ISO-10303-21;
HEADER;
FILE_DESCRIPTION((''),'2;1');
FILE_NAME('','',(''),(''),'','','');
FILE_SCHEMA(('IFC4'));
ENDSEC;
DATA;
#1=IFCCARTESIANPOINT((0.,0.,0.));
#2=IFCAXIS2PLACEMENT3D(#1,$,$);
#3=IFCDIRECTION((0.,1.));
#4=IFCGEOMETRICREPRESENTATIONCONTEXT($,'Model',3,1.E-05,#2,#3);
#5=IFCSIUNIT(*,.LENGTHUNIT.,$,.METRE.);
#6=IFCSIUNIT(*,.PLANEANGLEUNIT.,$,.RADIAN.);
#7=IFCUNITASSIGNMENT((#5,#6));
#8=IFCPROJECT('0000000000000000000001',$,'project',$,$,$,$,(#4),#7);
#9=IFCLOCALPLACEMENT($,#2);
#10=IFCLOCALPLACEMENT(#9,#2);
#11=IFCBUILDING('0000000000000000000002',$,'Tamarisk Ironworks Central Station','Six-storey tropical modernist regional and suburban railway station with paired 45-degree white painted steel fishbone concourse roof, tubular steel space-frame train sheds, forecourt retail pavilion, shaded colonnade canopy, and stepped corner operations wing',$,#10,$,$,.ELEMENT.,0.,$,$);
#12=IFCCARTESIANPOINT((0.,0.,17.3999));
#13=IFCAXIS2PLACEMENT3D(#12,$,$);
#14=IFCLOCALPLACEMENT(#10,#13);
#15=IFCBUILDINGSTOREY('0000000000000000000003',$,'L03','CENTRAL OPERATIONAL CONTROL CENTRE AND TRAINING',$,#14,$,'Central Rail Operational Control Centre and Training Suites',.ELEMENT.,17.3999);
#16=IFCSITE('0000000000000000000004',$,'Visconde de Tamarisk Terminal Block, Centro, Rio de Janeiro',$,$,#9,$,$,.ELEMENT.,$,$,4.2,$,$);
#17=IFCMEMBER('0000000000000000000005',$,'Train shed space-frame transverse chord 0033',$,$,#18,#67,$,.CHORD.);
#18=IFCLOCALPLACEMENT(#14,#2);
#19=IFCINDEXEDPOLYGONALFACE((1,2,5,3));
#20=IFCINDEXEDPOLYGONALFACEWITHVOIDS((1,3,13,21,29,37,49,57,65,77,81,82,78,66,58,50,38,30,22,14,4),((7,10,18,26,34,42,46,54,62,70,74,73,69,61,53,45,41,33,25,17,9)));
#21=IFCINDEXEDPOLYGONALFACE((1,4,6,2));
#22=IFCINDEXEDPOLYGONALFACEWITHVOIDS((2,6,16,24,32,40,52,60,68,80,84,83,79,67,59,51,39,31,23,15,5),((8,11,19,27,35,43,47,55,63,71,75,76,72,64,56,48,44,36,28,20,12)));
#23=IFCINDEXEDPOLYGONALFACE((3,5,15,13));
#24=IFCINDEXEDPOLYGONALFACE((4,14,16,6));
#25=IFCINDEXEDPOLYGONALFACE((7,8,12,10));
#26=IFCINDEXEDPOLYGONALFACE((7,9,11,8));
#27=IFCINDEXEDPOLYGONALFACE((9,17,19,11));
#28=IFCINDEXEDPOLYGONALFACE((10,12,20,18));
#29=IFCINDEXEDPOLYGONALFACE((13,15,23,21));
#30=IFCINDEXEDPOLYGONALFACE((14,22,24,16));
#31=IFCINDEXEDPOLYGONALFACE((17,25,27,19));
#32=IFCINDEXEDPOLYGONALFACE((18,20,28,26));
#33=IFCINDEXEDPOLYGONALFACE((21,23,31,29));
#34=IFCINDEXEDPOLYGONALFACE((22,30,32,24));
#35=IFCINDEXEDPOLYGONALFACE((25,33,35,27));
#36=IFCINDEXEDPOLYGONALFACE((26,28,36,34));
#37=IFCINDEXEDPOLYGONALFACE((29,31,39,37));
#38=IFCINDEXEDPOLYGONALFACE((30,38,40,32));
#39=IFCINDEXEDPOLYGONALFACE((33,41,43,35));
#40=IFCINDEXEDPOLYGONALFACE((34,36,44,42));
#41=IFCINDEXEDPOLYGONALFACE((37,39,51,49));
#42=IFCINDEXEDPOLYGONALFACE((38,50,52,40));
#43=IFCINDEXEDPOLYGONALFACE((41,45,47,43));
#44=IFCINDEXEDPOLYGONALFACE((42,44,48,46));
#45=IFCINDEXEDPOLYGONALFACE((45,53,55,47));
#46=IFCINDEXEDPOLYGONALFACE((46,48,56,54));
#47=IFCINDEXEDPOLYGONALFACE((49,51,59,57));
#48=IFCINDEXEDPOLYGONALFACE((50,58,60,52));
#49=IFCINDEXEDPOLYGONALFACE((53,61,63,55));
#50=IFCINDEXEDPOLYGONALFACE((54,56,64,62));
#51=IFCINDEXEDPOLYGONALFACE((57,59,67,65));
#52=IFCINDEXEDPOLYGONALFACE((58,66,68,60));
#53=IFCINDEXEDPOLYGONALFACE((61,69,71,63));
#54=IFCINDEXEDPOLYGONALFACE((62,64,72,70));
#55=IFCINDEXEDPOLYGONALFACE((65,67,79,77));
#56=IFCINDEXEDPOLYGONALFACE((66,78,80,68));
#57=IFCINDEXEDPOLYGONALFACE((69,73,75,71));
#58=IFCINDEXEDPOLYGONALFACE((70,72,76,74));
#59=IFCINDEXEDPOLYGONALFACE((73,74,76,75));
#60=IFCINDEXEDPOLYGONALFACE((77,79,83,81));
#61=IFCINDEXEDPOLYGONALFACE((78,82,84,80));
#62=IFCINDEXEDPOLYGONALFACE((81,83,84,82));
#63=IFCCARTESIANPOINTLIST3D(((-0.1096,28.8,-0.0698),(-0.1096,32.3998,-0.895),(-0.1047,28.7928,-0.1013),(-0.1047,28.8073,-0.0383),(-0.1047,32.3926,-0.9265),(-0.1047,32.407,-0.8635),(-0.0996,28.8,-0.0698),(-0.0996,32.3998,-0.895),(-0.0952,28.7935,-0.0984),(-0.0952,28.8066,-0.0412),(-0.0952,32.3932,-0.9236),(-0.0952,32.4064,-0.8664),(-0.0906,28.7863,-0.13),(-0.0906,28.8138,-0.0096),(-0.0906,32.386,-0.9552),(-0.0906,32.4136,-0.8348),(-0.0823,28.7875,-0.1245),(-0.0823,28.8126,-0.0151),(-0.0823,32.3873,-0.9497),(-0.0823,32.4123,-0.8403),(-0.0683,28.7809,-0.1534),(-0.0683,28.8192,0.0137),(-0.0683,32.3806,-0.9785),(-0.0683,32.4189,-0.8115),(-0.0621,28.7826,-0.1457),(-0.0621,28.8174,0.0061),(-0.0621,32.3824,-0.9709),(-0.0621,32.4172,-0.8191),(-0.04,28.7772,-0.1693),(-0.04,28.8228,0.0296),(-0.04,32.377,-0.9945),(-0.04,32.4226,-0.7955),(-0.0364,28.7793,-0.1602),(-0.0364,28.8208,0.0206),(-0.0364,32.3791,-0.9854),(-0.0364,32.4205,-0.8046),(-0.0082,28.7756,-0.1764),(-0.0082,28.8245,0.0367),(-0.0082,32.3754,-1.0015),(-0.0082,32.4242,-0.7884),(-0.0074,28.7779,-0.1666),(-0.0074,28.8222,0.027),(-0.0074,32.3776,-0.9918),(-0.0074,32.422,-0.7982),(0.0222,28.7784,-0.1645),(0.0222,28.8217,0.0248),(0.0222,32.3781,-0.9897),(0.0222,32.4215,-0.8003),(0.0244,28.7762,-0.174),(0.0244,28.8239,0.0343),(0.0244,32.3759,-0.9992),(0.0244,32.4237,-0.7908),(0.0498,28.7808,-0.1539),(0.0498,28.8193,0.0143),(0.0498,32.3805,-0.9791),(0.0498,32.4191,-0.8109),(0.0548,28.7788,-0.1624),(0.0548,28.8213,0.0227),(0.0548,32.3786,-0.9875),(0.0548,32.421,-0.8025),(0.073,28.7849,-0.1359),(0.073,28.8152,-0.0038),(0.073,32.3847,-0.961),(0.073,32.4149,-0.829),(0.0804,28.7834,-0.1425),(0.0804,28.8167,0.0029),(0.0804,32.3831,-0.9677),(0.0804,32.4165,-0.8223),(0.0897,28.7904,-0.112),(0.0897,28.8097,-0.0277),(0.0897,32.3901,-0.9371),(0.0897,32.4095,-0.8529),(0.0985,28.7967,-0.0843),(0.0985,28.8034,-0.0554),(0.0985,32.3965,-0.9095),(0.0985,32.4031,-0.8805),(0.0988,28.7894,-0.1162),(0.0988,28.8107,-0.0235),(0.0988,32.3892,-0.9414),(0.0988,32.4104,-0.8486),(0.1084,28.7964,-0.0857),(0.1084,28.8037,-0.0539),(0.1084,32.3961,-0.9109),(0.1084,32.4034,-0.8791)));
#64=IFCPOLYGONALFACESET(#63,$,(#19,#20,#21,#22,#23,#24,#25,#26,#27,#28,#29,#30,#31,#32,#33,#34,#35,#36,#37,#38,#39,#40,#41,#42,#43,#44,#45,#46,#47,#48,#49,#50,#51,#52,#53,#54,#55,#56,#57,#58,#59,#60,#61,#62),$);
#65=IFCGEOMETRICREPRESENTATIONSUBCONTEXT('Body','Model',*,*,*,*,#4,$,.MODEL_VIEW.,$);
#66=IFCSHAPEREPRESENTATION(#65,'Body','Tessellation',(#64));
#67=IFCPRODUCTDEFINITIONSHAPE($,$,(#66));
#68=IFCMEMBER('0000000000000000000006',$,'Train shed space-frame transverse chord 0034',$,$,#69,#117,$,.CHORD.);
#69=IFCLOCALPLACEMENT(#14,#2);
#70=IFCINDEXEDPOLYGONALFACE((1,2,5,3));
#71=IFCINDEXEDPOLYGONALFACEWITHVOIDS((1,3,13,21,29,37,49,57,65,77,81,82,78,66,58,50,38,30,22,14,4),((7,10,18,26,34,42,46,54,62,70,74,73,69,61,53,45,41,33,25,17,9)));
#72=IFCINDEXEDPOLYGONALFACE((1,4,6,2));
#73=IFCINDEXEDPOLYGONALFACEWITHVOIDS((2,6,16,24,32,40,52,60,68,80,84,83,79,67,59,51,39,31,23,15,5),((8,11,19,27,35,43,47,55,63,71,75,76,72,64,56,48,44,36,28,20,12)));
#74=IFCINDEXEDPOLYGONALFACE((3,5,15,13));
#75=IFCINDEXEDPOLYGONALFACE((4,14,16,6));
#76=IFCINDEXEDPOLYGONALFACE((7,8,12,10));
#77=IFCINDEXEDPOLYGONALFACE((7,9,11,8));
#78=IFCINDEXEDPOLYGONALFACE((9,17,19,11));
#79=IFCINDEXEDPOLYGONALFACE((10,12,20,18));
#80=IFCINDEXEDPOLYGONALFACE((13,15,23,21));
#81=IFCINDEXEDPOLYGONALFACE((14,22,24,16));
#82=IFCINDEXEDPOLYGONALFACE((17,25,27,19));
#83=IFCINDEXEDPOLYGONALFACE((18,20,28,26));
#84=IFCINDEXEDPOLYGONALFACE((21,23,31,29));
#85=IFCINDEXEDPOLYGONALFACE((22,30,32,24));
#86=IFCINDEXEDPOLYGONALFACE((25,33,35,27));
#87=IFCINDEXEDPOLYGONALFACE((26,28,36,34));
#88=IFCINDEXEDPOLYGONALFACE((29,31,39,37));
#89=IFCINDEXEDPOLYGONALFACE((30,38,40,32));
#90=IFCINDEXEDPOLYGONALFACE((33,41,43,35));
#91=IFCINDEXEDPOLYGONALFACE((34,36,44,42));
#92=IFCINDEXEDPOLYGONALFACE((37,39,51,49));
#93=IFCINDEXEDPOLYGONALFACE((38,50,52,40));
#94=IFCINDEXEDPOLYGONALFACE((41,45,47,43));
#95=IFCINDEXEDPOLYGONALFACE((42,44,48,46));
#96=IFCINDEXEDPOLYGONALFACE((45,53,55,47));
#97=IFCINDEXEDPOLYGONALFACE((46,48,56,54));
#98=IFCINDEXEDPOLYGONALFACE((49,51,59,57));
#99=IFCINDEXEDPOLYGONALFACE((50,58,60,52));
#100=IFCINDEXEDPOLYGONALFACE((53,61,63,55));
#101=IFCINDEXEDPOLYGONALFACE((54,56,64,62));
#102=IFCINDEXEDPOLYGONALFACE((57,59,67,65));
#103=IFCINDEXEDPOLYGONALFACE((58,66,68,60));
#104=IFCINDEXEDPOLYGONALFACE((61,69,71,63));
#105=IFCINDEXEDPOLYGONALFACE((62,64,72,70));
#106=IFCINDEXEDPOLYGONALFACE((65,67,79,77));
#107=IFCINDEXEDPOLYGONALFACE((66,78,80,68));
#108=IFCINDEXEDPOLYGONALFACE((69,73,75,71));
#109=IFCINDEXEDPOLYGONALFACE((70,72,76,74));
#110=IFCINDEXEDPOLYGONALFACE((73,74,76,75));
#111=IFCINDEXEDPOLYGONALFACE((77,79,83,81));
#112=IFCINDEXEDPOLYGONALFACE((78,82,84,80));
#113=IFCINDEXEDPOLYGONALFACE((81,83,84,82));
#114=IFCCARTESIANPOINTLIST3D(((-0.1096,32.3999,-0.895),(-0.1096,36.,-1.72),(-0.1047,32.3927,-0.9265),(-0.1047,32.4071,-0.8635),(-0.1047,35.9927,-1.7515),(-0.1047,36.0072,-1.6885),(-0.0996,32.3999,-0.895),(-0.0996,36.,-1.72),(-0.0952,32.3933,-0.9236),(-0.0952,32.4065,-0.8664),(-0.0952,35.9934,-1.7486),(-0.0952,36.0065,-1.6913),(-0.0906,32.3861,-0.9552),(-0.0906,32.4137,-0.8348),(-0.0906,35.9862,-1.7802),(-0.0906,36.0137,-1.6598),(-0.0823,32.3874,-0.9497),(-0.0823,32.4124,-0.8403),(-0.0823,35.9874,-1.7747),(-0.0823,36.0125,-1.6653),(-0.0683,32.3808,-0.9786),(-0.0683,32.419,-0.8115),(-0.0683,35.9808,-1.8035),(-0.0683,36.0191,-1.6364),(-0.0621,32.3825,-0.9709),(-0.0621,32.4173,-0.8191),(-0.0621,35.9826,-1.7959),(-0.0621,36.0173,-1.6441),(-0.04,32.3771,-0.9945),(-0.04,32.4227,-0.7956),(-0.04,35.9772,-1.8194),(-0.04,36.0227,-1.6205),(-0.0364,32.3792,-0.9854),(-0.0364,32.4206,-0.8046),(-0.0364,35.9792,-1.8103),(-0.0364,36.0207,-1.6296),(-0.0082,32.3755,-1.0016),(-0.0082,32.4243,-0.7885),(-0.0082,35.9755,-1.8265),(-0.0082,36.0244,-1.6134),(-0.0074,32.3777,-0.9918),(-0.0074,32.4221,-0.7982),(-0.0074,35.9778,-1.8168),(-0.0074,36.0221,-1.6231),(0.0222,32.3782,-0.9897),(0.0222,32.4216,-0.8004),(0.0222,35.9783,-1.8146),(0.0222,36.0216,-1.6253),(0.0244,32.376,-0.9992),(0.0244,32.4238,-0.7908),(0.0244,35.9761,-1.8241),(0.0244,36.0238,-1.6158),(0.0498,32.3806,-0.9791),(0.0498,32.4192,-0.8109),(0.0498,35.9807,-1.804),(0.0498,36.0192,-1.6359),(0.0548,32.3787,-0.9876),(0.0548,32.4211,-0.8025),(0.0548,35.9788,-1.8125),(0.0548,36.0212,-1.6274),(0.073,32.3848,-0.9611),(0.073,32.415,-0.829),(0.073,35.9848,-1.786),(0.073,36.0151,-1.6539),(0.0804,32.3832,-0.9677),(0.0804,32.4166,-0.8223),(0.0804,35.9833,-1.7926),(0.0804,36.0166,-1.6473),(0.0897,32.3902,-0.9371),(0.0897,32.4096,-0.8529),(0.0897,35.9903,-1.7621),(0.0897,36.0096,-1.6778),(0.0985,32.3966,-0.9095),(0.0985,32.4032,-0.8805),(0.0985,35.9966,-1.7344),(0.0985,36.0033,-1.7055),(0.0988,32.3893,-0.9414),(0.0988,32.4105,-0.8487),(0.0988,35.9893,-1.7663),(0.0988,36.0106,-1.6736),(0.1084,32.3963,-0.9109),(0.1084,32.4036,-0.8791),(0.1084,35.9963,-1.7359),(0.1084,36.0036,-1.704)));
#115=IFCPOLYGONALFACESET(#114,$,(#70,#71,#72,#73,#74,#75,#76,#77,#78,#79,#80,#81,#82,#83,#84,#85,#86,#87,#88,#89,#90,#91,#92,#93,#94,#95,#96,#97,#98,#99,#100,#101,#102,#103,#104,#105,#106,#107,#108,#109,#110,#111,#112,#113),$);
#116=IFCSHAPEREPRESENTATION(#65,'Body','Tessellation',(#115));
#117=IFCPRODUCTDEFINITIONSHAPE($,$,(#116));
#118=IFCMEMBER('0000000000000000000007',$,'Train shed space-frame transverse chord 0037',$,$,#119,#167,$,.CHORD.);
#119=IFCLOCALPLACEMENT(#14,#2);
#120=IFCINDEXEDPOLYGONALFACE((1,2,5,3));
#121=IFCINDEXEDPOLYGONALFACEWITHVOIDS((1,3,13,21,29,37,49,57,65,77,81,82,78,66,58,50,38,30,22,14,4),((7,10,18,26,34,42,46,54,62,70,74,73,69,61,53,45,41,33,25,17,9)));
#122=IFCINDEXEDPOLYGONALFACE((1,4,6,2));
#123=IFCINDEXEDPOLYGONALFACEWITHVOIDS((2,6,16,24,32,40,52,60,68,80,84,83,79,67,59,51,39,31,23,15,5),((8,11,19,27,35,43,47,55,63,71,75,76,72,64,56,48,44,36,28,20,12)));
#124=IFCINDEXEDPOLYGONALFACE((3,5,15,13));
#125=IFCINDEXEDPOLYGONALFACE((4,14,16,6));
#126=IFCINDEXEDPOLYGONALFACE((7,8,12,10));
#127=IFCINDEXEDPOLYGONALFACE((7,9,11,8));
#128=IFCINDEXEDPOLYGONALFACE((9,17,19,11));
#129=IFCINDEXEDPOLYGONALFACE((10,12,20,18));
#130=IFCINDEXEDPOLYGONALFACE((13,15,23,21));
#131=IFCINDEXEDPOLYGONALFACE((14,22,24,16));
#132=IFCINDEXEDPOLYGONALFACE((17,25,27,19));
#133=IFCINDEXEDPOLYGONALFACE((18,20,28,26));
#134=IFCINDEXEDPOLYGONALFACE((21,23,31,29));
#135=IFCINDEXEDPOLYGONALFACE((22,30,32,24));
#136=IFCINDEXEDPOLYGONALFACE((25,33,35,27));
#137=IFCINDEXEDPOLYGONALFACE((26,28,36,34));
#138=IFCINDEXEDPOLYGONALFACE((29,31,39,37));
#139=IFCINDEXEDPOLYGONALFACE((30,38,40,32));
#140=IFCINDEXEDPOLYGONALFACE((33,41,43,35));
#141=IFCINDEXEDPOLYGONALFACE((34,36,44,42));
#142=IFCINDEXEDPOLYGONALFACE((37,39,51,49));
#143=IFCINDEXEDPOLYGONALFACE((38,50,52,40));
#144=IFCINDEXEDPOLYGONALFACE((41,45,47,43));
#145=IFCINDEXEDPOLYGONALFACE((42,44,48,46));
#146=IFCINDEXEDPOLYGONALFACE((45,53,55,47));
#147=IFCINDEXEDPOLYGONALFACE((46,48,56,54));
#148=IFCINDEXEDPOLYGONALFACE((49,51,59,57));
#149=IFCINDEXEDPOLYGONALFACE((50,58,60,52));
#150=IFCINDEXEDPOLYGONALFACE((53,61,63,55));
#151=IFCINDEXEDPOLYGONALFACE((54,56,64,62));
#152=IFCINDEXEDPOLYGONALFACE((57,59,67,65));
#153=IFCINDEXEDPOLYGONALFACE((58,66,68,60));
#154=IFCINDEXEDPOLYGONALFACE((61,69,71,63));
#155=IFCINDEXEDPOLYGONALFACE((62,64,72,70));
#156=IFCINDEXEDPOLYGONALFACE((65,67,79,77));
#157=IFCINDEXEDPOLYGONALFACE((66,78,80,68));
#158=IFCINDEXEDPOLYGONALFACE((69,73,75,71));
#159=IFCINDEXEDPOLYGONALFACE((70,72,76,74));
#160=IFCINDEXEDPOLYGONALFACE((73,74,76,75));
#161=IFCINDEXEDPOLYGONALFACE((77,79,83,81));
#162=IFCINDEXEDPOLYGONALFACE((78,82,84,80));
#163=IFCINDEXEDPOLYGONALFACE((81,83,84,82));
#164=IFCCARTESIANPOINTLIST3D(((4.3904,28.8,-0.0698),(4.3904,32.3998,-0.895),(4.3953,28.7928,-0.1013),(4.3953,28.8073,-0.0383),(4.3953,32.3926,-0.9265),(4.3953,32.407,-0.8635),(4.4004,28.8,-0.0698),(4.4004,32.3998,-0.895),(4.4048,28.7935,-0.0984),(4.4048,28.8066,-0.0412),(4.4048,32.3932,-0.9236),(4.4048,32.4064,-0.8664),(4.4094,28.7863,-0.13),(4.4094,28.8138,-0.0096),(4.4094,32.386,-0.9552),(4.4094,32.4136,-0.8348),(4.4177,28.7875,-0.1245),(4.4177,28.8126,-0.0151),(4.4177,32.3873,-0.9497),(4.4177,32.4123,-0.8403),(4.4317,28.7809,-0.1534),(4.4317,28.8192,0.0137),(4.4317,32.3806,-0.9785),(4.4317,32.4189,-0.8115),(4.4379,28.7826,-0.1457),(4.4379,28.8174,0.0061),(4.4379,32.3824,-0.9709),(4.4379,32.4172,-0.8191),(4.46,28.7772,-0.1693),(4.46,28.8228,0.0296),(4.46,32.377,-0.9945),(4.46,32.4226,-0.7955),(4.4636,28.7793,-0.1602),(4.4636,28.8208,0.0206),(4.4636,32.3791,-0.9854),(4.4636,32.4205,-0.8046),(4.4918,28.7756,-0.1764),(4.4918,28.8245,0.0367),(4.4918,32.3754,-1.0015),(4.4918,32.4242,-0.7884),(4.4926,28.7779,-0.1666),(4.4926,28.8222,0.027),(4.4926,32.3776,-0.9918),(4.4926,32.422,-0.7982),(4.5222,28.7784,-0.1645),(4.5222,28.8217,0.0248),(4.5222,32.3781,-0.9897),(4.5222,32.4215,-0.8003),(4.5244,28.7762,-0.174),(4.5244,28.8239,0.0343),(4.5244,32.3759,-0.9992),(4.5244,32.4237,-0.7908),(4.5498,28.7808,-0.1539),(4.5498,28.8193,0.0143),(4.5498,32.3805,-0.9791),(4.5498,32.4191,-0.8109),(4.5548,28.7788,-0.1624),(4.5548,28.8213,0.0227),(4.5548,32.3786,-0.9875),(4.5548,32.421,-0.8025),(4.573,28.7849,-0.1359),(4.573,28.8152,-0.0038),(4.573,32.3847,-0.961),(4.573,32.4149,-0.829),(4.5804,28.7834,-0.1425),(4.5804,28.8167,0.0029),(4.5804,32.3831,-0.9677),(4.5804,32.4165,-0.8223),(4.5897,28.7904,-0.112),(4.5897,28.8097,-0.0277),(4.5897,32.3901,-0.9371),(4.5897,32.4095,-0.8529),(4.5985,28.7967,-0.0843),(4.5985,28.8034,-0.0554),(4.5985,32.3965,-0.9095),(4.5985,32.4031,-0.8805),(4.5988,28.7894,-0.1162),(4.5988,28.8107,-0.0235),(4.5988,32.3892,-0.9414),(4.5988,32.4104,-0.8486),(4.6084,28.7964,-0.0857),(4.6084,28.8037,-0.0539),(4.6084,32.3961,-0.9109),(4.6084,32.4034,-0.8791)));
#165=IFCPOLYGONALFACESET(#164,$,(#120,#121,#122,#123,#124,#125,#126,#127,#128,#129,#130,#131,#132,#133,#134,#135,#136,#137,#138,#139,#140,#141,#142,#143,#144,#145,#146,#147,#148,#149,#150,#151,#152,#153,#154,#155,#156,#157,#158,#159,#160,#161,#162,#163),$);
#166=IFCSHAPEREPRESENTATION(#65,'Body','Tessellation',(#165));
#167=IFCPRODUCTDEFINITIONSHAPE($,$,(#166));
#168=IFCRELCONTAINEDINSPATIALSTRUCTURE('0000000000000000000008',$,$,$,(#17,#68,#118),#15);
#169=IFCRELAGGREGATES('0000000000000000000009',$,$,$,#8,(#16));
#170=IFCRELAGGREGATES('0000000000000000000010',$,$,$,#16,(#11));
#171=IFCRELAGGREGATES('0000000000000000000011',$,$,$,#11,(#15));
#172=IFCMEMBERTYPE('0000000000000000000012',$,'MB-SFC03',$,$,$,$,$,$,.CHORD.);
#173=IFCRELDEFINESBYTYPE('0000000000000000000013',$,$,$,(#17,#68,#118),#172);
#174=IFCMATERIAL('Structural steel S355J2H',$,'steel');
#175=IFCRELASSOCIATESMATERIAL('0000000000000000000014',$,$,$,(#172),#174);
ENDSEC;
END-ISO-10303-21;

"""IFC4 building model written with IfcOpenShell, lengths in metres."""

from ifc_helpers import new_model, si_unit, direction, frame, origin, origin_2d, place, context, subcontext, project, spatial, hollow_circle, extrude, material, material_profile, profile_set, type_object, element, save


model = new_model("IFC4")

# Units and contexts
model_context = context("Model", 3, precision=1e-05, world=origin(), true_north=direction((0.0, 1.0)))
body_context = subcontext(model_context, "Body", "Model", "MODEL_VIEW")
ifc_project = project(units=[si_unit("LENGTHUNIT", "METRE"), si_unit("PLANEANGLEUNIT", "RADIAN")], contexts=[model_context])

# Site, building, storey
site_placement = place(None, origin())
site = spatial("IfcSite", under=ifc_project, at=site_placement, Name="Visconde de Tamarisk Terminal Block, Centro, Rio de Janeiro", CompositionType="ELEMENT", RefElevation=4.2)
building_placement = place(site_placement, origin())
building = spatial("IfcBuilding", under=site, at=building_placement, Name="Tamarisk Ironworks Central Station", Description="Six-storey tropical modernist regional and suburban railway station with paired 45-degree white painted steel fishbone concourse roof, tubular steel space-frame train sheds, forecourt retail pavilion, shaded colonnade canopy, and stepped corner operations wing", CompositionType="ELEMENT", ElevationOfRefHeight=0.0)
storey_placement = place(building_placement, frame((0.0, 0.0, 17.3999)))
storey = spatial("IfcBuildingStorey", under=building, at=storey_placement, Name="L03", Description="CENTRAL OPERATIONAL CONTROL CENTRE AND TRAINING", LongName="Central Rail Operational Control Centre and Training Suites", CompositionType="ELEMENT", Elevation=17.3999)

# Members
ifc_material_1 = material(Name="Structural steel S355J2H", Category="steel")
ifc_material_profile_1 = material_profile(ifc_material_1, hollow_circle(Radius=0.1096, WallThickness=0.01, at=origin_2d()), Name="CHS 219.1x10")
ifc_profile_set_1 = profile_set([ifc_material_profile_1], Name="Structural steel S355J2H")
member_type_1 = type_object("IfcMemberType", Name="MB-SFC03", PredefinedType="CHORD", material=ifc_profile_set_1)
member_1_placement = place(storey_placement, frame((0.0, 28.8, -0.0698), z_axis=(0.0, 0.974719, -0.223435), x_axis=(-1.0, 0.0, 0.0)))
element("IfcMember", 1, at=member_1_placement, inside=storey, type_object=member_type_1, Name="Train shed space-frame transverse chord 0033", PredefinedType="CHORD", context=body_context, shape_type="SweptSolid", body=[
    extrude(hollow_circle(Radius=0.1096, WallThickness=0.01, at=origin_2d()), origin(), (0.0, 0.0, 1.0), 3.6931),
])
member_2_placement = place(storey_placement, frame((0.0, 32.3999, -0.895), z_axis=(0.0, 0.974737, -0.223358), x_axis=(-1.0, 0.0, 0.0)))
element("IfcMember", 2, at=member_2_placement, inside=storey, type_object=member_type_1, Name="Train shed space-frame transverse chord 0034", PredefinedType="CHORD", context=body_context, shape_type="SweptSolid", body=[
    extrude(hollow_circle(Radius=0.1096, WallThickness=0.01, at=origin_2d()), origin(), (0.0, 0.0, 1.0), 3.6934),
])
member_3_placement = place(storey_placement, frame((4.5, 28.8, -0.0698), z_axis=(0.0, 0.974719, -0.223435), x_axis=(-1.0, 0.0, 0.0)))
element("IfcMember", 3, at=member_3_placement, inside=storey, type_object=member_type_1, Name="Train shed space-frame transverse chord 0037", PredefinedType="CHORD", context=body_context, shape_type="SweptSolid", body=[
    extrude(hollow_circle(Radius=0.1096, WallThickness=0.01, at=origin_2d()), origin(), (0.0, 0.0, 1.0), 3.6931),
])

save(model, "model.ifc")
